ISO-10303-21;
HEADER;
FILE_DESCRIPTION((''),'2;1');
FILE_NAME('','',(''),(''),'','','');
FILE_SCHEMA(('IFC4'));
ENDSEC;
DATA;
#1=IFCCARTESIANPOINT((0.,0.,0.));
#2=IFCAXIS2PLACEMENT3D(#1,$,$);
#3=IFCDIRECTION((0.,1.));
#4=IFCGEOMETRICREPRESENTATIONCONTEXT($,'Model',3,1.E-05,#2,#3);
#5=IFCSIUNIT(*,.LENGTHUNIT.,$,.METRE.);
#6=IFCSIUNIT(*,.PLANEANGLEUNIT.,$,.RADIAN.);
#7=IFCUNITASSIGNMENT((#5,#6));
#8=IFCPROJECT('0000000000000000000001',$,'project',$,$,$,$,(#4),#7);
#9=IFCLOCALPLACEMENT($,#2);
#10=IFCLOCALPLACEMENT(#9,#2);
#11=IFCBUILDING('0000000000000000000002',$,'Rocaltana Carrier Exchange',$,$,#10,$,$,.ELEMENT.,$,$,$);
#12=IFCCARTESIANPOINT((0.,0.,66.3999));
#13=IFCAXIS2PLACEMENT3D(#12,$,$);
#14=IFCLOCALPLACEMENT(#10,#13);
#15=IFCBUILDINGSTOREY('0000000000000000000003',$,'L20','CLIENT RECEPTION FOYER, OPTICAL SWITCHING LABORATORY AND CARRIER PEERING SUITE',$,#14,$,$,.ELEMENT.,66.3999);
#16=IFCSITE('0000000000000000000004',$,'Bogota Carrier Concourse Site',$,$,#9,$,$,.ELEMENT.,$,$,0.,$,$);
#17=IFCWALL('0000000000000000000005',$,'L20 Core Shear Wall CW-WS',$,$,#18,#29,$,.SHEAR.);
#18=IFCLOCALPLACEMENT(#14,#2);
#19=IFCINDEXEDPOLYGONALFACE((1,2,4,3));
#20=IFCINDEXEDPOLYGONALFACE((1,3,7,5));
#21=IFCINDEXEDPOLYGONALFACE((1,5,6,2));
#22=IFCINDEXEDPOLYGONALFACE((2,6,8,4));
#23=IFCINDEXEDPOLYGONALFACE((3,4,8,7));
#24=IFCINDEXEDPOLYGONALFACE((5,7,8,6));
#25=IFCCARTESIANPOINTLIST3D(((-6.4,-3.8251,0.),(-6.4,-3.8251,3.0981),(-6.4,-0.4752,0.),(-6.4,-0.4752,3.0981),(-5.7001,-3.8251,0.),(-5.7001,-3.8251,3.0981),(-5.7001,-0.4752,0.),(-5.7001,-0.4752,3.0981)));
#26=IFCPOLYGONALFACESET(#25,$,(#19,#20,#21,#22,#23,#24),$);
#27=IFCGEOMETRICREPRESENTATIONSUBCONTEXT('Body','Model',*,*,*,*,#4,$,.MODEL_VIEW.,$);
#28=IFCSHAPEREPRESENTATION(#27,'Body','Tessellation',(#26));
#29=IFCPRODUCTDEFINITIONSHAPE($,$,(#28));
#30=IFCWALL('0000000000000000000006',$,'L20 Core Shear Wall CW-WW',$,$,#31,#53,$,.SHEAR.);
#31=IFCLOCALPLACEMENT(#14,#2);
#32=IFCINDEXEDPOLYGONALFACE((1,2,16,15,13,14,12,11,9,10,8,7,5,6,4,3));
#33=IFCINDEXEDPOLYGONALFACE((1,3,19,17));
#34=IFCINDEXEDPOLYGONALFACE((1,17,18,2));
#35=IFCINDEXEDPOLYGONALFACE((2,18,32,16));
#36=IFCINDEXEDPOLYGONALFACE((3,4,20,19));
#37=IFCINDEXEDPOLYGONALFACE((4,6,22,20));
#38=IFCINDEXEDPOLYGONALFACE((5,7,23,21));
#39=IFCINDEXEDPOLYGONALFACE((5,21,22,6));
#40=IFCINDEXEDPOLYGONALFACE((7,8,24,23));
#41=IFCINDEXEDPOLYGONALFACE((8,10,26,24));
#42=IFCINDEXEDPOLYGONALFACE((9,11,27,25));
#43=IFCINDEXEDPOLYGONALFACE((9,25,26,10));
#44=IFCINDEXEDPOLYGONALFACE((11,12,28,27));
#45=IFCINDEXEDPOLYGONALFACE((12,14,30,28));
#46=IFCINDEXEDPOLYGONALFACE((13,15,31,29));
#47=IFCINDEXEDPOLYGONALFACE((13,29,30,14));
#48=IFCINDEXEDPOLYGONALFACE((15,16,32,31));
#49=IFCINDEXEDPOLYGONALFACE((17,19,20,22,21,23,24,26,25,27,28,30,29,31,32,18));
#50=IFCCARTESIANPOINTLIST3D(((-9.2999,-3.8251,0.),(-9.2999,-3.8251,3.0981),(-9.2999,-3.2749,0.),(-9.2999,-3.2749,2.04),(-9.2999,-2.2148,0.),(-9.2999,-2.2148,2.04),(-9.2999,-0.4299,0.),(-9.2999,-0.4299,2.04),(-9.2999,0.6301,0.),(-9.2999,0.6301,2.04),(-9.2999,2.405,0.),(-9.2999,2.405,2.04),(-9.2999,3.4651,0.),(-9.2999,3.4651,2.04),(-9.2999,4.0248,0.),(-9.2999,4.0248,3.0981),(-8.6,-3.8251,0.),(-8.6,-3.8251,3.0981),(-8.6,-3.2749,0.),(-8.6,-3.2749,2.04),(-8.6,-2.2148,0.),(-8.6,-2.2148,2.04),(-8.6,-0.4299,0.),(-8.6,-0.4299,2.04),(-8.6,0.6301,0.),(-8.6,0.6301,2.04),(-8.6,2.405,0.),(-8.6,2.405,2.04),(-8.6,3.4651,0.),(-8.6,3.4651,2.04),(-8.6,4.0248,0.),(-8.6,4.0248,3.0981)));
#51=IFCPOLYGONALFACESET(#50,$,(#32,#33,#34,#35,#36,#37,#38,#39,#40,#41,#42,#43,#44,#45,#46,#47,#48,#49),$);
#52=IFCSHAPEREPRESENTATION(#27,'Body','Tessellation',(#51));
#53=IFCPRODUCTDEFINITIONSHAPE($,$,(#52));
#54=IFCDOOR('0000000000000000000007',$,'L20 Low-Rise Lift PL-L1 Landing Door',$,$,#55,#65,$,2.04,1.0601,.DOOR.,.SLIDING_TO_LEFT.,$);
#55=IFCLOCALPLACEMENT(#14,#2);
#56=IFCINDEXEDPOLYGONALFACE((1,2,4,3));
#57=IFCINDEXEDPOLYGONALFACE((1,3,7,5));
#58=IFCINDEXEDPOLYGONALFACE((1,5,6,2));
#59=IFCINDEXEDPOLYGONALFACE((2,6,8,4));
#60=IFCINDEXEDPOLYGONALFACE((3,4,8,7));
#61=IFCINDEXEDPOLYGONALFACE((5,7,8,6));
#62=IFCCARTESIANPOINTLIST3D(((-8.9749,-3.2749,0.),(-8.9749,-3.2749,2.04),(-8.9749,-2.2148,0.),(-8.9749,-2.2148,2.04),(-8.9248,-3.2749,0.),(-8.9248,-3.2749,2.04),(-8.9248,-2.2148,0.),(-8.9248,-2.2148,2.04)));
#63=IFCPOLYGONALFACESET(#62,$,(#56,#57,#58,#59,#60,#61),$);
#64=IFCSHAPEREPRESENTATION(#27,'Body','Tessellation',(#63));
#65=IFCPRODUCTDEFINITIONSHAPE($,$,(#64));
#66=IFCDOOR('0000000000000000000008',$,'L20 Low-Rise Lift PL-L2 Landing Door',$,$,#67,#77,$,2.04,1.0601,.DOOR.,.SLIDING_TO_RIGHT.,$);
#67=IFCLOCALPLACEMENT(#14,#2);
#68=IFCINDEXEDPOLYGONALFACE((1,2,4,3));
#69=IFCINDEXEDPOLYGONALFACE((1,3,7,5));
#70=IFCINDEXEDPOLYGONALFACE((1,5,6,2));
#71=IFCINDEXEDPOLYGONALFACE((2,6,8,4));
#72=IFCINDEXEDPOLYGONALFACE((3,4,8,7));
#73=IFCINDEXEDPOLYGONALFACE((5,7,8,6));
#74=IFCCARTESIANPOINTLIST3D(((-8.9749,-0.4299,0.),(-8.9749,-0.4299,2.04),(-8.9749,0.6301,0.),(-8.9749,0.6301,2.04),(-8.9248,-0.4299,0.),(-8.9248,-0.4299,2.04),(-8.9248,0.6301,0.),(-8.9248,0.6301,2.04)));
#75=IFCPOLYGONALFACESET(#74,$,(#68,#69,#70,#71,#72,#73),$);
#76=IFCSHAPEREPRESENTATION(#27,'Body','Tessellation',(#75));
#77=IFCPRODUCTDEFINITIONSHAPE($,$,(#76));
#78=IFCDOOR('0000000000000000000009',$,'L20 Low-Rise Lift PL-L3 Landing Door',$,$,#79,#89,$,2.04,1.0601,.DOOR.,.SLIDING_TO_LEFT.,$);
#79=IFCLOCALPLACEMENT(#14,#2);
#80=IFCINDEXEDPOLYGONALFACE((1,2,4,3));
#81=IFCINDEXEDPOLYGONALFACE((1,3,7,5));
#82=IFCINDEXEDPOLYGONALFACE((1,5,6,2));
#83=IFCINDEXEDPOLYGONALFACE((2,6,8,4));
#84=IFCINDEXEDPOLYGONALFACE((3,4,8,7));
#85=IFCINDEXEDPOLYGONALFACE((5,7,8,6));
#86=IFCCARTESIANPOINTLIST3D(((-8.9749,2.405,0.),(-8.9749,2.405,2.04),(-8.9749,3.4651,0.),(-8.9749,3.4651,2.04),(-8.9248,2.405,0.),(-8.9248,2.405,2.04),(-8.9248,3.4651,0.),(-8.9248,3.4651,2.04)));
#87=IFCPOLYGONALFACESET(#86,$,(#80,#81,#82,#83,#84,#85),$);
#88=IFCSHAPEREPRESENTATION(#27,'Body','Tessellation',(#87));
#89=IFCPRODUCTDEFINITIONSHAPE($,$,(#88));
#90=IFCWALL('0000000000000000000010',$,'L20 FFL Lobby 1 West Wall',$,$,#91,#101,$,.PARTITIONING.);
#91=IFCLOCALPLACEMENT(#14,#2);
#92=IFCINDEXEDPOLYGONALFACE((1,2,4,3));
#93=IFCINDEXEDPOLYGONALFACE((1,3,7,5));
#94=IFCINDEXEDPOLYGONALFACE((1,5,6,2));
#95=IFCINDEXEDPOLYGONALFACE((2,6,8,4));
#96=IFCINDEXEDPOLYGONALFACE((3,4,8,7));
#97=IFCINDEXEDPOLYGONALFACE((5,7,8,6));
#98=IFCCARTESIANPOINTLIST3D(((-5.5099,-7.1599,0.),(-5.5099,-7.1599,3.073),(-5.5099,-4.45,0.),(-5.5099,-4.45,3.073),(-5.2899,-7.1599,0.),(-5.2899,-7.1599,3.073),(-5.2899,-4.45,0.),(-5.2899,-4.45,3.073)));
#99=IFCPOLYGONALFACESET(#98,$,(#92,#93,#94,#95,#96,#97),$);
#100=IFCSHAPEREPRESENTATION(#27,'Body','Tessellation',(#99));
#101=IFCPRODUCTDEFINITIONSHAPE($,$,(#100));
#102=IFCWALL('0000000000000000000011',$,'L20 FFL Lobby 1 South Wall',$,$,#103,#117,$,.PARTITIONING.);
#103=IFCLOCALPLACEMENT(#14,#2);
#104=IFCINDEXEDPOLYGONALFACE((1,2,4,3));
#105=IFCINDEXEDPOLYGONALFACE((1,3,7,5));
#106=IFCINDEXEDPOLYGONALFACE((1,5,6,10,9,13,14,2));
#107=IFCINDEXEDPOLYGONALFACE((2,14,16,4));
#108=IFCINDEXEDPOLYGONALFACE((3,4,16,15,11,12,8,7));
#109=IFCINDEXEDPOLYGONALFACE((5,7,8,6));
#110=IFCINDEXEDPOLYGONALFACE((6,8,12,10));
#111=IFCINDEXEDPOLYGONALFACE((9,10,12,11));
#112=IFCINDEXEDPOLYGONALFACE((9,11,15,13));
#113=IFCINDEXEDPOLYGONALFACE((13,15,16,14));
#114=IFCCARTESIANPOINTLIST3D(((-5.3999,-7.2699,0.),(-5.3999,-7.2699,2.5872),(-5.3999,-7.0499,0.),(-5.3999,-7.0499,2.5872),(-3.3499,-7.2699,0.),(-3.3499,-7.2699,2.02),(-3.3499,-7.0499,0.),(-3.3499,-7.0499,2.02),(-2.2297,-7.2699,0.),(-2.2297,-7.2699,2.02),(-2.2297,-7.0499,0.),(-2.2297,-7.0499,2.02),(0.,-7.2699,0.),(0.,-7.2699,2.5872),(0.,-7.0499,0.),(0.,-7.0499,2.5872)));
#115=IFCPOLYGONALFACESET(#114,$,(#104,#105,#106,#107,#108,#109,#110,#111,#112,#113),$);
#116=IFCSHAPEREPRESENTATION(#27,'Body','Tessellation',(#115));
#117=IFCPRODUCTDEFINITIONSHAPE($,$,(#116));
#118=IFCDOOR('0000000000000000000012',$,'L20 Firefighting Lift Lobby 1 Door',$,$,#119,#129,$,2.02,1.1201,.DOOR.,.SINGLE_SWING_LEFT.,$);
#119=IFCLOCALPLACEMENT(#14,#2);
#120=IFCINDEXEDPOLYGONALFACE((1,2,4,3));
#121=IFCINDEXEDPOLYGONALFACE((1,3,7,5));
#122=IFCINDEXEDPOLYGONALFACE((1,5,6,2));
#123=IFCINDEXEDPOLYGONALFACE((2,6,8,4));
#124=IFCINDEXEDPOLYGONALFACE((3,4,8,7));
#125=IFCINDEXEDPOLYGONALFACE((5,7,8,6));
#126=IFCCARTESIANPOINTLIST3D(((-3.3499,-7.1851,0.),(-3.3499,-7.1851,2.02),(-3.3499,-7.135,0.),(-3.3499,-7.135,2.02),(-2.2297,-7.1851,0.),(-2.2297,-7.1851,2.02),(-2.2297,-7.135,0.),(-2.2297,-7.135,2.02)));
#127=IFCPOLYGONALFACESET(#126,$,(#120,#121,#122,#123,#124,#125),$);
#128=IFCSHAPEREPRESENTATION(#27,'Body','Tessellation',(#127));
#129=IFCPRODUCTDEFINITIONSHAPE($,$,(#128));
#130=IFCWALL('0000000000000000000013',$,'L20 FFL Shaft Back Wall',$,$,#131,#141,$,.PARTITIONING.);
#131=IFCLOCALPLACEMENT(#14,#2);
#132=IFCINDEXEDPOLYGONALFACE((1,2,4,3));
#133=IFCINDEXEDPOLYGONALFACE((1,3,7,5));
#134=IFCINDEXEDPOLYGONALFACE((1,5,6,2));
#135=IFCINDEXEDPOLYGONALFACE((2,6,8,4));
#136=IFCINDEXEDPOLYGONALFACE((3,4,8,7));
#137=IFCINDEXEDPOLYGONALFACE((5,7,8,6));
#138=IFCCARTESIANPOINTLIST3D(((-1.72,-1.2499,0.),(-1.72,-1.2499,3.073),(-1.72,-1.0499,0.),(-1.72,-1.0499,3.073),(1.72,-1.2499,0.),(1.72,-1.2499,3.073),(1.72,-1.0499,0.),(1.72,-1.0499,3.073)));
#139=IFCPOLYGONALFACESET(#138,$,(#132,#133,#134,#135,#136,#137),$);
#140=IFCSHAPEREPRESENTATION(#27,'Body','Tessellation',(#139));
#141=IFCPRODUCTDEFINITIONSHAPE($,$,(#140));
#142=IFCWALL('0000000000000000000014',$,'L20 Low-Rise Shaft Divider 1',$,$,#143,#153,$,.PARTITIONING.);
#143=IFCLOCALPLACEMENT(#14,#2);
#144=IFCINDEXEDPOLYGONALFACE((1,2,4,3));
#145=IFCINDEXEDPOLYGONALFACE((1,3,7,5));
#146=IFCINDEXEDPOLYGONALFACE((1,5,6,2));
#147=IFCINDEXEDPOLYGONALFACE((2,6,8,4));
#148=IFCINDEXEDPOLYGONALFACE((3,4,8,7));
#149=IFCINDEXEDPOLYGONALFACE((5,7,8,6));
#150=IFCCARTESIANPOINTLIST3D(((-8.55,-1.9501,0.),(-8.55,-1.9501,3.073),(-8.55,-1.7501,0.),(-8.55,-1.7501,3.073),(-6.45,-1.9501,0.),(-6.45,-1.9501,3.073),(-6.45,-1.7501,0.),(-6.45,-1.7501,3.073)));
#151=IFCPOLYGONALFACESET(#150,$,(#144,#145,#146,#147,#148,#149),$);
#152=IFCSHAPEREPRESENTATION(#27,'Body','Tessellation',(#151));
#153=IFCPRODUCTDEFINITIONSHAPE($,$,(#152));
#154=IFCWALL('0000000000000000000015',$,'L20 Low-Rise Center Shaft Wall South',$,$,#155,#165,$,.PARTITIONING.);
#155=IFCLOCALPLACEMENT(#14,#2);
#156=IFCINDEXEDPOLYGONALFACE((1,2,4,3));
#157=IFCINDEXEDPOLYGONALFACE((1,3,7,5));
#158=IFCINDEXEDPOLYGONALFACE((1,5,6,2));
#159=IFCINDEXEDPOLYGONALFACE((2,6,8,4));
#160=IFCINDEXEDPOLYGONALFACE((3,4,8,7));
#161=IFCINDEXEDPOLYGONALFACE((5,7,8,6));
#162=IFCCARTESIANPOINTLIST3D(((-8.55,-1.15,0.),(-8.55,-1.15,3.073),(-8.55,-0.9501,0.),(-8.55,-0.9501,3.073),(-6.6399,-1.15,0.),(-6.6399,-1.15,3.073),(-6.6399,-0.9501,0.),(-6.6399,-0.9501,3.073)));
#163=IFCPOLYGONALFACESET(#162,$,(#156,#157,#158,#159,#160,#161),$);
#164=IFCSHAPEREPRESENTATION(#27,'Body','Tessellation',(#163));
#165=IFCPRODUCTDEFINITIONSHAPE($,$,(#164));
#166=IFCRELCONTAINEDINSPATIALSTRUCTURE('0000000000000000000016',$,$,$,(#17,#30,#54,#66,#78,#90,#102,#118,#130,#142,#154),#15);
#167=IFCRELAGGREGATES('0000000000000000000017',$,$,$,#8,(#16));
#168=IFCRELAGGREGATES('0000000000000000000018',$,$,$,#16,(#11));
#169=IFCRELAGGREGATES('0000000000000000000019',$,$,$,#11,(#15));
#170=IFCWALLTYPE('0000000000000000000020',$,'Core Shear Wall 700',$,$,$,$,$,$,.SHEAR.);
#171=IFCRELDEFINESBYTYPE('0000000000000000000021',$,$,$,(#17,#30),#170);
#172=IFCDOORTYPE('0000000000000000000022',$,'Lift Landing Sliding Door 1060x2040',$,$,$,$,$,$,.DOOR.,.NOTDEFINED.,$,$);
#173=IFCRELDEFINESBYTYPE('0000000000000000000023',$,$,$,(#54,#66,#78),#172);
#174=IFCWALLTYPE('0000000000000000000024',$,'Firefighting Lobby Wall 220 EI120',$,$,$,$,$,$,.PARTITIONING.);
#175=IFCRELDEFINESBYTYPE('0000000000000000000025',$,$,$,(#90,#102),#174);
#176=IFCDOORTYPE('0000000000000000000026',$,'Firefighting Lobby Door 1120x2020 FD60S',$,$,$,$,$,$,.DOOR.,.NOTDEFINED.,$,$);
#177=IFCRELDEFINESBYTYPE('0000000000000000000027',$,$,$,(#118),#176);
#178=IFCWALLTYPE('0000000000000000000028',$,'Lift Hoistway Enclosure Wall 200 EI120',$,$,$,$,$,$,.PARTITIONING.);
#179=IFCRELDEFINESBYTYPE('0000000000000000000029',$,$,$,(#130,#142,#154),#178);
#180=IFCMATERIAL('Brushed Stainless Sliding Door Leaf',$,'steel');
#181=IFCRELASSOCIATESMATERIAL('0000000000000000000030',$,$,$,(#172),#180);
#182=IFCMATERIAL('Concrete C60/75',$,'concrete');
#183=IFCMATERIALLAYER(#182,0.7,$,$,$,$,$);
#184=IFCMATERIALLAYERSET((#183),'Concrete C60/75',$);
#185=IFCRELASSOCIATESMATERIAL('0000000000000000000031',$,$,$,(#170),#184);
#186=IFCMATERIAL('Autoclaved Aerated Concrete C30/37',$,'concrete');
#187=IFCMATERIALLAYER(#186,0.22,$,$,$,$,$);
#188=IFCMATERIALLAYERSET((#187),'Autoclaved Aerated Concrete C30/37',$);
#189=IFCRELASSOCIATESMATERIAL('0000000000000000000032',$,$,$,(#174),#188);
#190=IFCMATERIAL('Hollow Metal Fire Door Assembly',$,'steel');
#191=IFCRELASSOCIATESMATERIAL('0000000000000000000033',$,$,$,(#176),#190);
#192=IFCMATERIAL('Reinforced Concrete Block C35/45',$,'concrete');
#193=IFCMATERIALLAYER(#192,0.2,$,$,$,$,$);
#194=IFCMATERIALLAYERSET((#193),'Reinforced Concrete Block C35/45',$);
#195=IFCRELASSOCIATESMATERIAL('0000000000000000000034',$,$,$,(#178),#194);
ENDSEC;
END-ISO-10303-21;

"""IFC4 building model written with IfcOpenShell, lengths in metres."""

from ifc_helpers import new_model, si_unit, direction, frame, frame_2d, origin, place, context, subcontext, project, spatial, rectangle, extrude, material, layer, layer_set, type_object, element, fill, save


model = new_model("IFC4")

# Units and contexts
model_context = context("Model", 3, precision=1e-05, world=origin(), true_north=direction((0.0, 1.0)))
body_context = subcontext(model_context, "Body", "Model", "MODEL_VIEW")
ifc_project = project(units=[si_unit("LENGTHUNIT", "METRE"), si_unit("PLANEANGLEUNIT", "RADIAN")], contexts=[model_context])

# Site, building, storey
site_placement = place(None, origin())
site = spatial("IfcSite", under=ifc_project, at=site_placement, Name="Bogota Carrier Concourse Site", CompositionType="ELEMENT", RefElevation=0.0)
building_placement = place(site_placement, origin())
building = spatial("IfcBuilding", under=site, at=building_placement, Name="Rocaltana Carrier Exchange", CompositionType="ELEMENT")
storey_placement = place(building_placement, frame((0.0, 0.0, 66.3999)))
storey = spatial("IfcBuildingStorey", under=building, at=storey_placement, Name="L20", Description="CLIENT RECEPTION FOYER, OPTICAL SWITCHING LABORATORY AND CARRIER PEERING SUITE", CompositionType="ELEMENT", Elevation=66.3999)

# Shared definitions
ifc_material_1 = material(Name="Brushed Stainless Sliding Door Leaf", Category="steel")
door_type_1 = type_object("IfcDoorType", Name="Lift Landing Sliding Door 1060x2040", OperationType="NOTDEFINED", PredefinedType="DOOR", material=ifc_material_1)

# Wall
ifc_material_2 = material(Name="Concrete C60/75", Category="concrete")
ifc_layer_1 = layer(ifc_material_2, 0.7)
ifc_layer_set_1 = layer_set([ifc_layer_1], Name="Concrete C60/75")
wall_type_1 = type_object("IfcWallType", Name="Core Shear Wall 700", PredefinedType="SHEAR", material=ifc_layer_set_1)
wall_1_placement = place(storey_placement, frame((-6.05, -3.825, 0.0), z_axis=(0.0, 0.0, 1.0), x_axis=(0.0, 1.0, 0.0)))
element("IfcWall", 1, at=wall_1_placement, inside=storey, type_object=wall_type_1, Name="L20 Core Shear Wall CW-WS", PredefinedType="SHEAR", context=body_context, shape_type="SweptSolid", body=[
    extrude(rectangle(XDim=3.3499, YDim=0.7, at=frame_2d((1.6748, 0.0))), origin(), (0.0, 0.0, 1.0), 3.0981),
])

# Wall, openings, doors
wall_2_placement = place(storey_placement, frame((-8.95, -3.825, 0.0), z_axis=(0.0, 0.0, 1.0), x_axis=(0.0, 1.0, 0.0)))
wall_2 = element("IfcWall", 2, at=wall_2_placement, inside=storey, type_object=wall_type_1, Name="L20 Core Shear Wall CW-WW", PredefinedType="SHEAR", context=body_context, shape_type="SweptSolid", body=[
    extrude(rectangle(XDim=7.8499, YDim=0.7, at=frame_2d((3.9248, 0.0))), origin(), (0.0, 0.0, 1.0), 3.0981),
])
opening_1_placement = place(wall_2_placement, frame((0.55, 0.0, 0.0)))
opening_1 = element("IfcOpeningElement", 3, at=opening_1_placement, cuts=wall_2, PredefinedType="OPENING", context=body_context, shape_type="SweptSolid", body=[
    extrude(rectangle(XDim=1.0601, YDim=2.04, at=frame_2d((0.53, 1.02))), frame((0.0, 0.3599, 0.0), z_axis=(0.0, -1.0, 0.0), x_axis=(1.0, 0.0, 0.0)), (0.0, 0.0, 1.0), 0.72),
])
opening_2_placement = place(wall_2_placement, frame((3.395, 0.0, 0.0)))
opening_2 = element("IfcOpeningElement", 4, at=opening_2_placement, cuts=wall_2, PredefinedType="OPENING", context=body_context, shape_type="SweptSolid", body=[
    extrude(rectangle(XDim=1.0601, YDim=2.04, at=frame_2d((0.53, 1.02))), frame((0.0, 0.3599, 0.0), z_axis=(0.0, -1.0, 0.0), x_axis=(1.0, 0.0, 0.0)), (0.0, 0.0, 1.0), 0.72),
])
opening_3_placement = place(wall_2_placement, frame((6.23, 0.0, 0.0)))
opening_3 = element("IfcOpeningElement", 5, at=opening_3_placement, cuts=wall_2, PredefinedType="OPENING", context=body_context, shape_type="SweptSolid", body=[
    extrude(rectangle(XDim=1.0601, YDim=2.04, at=frame_2d((0.53, 1.02))), frame((0.0, 0.3599, 0.0), z_axis=(0.0, -1.0, 0.0), x_axis=(1.0, 0.0, 0.0)), (0.0, 0.0, 1.0), 0.72),
])
door_1_placement = place(opening_1_placement, origin())
door_1 = element("IfcDoor", 6, at=door_1_placement, inside=storey, type_object=door_type_1, Name="L20 Low-Rise Lift PL-L1 Landing Door", OperationType="SLIDING_TO_LEFT", OverallHeight=2.04, OverallWidth=1.0601, PredefinedType="DOOR", context=body_context, shape_type="SweptSolid", body=[
    extrude(rectangle(XDim=1.0601, YDim=2.04, at=frame_2d((0.53, 1.02))), frame((0.0, 0.0249, 0.0), z_axis=(0.0, -1.0, 0.0), x_axis=(1.0, 0.0, 0.0)), (0.0, 0.0, 1.0), 0.05),
])
fill(opening_1, door_1)
door_2_placement = place(opening_2_placement, origin())
door_2 = element("IfcDoor", 7, at=door_2_placement, inside=storey, type_object=door_type_1, Name="L20 Low-Rise Lift PL-L2 Landing Door", OperationType="SLIDING_TO_RIGHT", OverallHeight=2.04, OverallWidth=1.0601, PredefinedType="DOOR", context=body_context, shape_type="SweptSolid", body=[
    extrude(rectangle(XDim=1.0601, YDim=2.04, at=frame_2d((0.53, 1.02))), frame((0.0, 0.0249, 0.0), z_axis=(0.0, -1.0, 0.0), x_axis=(1.0, 0.0, 0.0)), (0.0, 0.0, 1.0), 0.05),
])
fill(opening_2, door_2)
door_3_placement = place(opening_3_placement, origin())
door_3 = element("IfcDoor", 8, at=door_3_placement, inside=storey, type_object=door_type_1, Name="L20 Low-Rise Lift PL-L3 Landing Door", OperationType="SLIDING_TO_LEFT", OverallHeight=2.04, OverallWidth=1.0601, PredefinedType="DOOR", context=body_context, shape_type="SweptSolid", body=[
    extrude(rectangle(XDim=1.0601, YDim=2.04, at=frame_2d((0.53, 1.02))), frame((0.0, 0.0249, 0.0), z_axis=(0.0, -1.0, 0.0), x_axis=(1.0, 0.0, 0.0)), (0.0, 0.0, 1.0), 0.05),
])
fill(opening_3, door_3)

# Wall
ifc_material_3 = material(Name="Autoclaved Aerated Concrete C30/37", Category="concrete")
ifc_layer_2 = layer(ifc_material_3, 0.22)
ifc_layer_set_2 = layer_set([ifc_layer_2], Name="Autoclaved Aerated Concrete C30/37")
wall_type_2 = type_object("IfcWallType", Name="Firefighting Lobby Wall 220 EI120", PredefinedType="PARTITIONING", material=ifc_layer_set_2)
wall_3_placement = place(storey_placement, frame((-5.3999, -7.1599, 0.0), z_axis=(0.0, 0.0, 1.0), x_axis=(0.0, 1.0, 0.0)))
element("IfcWall", 9, at=wall_3_placement, inside=storey, type_object=wall_type_2, Name="L20 FFL Lobby 1 West Wall", PredefinedType="PARTITIONING", context=body_context, shape_type="SweptSolid", body=[
    extrude(rectangle(XDim=2.71, YDim=0.22, at=frame_2d((1.355, 0.0))), origin(), (0.0, 0.0, 1.0), 3.073),
])

# Wall, opening, door
wall_4_placement = place(storey_placement, frame((-5.3999, -7.1599, 0.0), z_axis=(0.0, 0.0, 1.0), x_axis=(1.0, 0.0, 0.0)))
wall_4 = element("IfcWall", 10, at=wall_4_placement, inside=storey, type_object=wall_type_2, Name="L20 FFL Lobby 1 South Wall", PredefinedType="PARTITIONING", context=body_context, shape_type="SweptSolid", body=[
    extrude(rectangle(XDim=5.3999, YDim=0.22, at=frame_2d((2.7, 0.0))), origin(), (0.0, 0.0, 1.0), 2.5872),
])
opening_4_placement = place(wall_4_placement, frame((2.05, 0.0, 0.0)))
opening_4 = element("IfcOpeningElement", 11, at=opening_4_placement, cuts=wall_4, PredefinedType="OPENING", context=body_context, shape_type="SweptSolid", body=[
    extrude(rectangle(XDim=1.1201, YDim=2.02, at=frame_2d((0.5601, 1.01))), frame((0.0, 0.1199, 0.0), z_axis=(0.0, -1.0, 0.0), x_axis=(1.0, 0.0, 0.0)), (0.0, 0.0, 1.0), 0.24),
])
ifc_material_4 = material(Name="Hollow Metal Fire Door Assembly", Category="steel")
door_type_2 = type_object("IfcDoorType", Name="Firefighting Lobby Door 1120x2020 FD60S", OperationType="NOTDEFINED", PredefinedType="DOOR", material=ifc_material_4)
door_4_placement = place(opening_4_placement, origin())
door_4 = element("IfcDoor", 12, at=door_4_placement, inside=storey, type_object=door_type_2, Name="L20 Firefighting Lift Lobby 1 Door", OperationType="SINGLE_SWING_LEFT", OverallHeight=2.02, OverallWidth=1.1201, PredefinedType="DOOR", context=body_context, shape_type="SweptSolid", body=[
    extrude(rectangle(XDim=1.1201, YDim=2.02, at=frame_2d((0.5601, 1.01))), frame((0.0, 0.0249, 0.0), z_axis=(0.0, -1.0, 0.0), x_axis=(1.0, 0.0, 0.0)), (0.0, 0.0, 1.0), 0.05),
])
fill(opening_4, door_4)

# Walls
ifc_material_5 = material(Name="Reinforced Concrete Block C35/45", Category="concrete")
ifc_layer_3 = layer(ifc_material_5, 0.2)
ifc_layer_set_3 = layer_set([ifc_layer_3], Name="Reinforced Concrete Block C35/45")
wall_type_3 = type_object("IfcWallType", Name="Lift Hoistway Enclosure Wall 200 EI120", PredefinedType="PARTITIONING", material=ifc_layer_set_3)
wall_5_placement = place(storey_placement, frame((-1.72, -1.1499, 0.0), z_axis=(0.0, 0.0, 1.0), x_axis=(1.0, 0.0, 0.0)))
element("IfcWall", 13, at=wall_5_placement, inside=storey, type_object=wall_type_3, Name="L20 FFL Shaft Back Wall", PredefinedType="PARTITIONING", context=body_context, shape_type="SweptSolid", body=[
    extrude(rectangle(XDim=3.4399, YDim=0.2, at=frame_2d((1.72, 0.0))), origin(), (0.0, 0.0, 1.0), 3.073),
])
wall_6_placement = place(storey_placement, frame((-8.55, -1.8501, 0.0), z_axis=(0.0, 0.0, 1.0), x_axis=(1.0, 0.0, 0.0)))
element("IfcWall", 14, at=wall_6_placement, inside=storey, type_object=wall_type_3, Name="L20 Low-Rise Shaft Divider 1", PredefinedType="PARTITIONING", context=body_context, shape_type="SweptSolid", body=[
    extrude(rectangle(XDim=2.1001, YDim=0.2, at=frame_2d((1.05, 0.0))), origin(), (0.0, 0.0, 1.0), 3.073),
])
wall_7_placement = place(storey_placement, frame((-8.55, -1.05, 0.0), z_axis=(0.0, 0.0, 1.0), x_axis=(1.0, 0.0, 0.0)))
element("IfcWall", 15, at=wall_7_placement, inside=storey, type_object=wall_type_3, Name="L20 Low-Rise Center Shaft Wall South", PredefinedType="PARTITIONING", context=body_context, shape_type="SweptSolid", body=[
    extrude(rectangle(XDim=1.9102, YDim=0.2, at=frame_2d((0.9551, 0.0))), origin(), (0.0, 0.0, 1.0), 3.073),
])

save(model, "model.ifc")
